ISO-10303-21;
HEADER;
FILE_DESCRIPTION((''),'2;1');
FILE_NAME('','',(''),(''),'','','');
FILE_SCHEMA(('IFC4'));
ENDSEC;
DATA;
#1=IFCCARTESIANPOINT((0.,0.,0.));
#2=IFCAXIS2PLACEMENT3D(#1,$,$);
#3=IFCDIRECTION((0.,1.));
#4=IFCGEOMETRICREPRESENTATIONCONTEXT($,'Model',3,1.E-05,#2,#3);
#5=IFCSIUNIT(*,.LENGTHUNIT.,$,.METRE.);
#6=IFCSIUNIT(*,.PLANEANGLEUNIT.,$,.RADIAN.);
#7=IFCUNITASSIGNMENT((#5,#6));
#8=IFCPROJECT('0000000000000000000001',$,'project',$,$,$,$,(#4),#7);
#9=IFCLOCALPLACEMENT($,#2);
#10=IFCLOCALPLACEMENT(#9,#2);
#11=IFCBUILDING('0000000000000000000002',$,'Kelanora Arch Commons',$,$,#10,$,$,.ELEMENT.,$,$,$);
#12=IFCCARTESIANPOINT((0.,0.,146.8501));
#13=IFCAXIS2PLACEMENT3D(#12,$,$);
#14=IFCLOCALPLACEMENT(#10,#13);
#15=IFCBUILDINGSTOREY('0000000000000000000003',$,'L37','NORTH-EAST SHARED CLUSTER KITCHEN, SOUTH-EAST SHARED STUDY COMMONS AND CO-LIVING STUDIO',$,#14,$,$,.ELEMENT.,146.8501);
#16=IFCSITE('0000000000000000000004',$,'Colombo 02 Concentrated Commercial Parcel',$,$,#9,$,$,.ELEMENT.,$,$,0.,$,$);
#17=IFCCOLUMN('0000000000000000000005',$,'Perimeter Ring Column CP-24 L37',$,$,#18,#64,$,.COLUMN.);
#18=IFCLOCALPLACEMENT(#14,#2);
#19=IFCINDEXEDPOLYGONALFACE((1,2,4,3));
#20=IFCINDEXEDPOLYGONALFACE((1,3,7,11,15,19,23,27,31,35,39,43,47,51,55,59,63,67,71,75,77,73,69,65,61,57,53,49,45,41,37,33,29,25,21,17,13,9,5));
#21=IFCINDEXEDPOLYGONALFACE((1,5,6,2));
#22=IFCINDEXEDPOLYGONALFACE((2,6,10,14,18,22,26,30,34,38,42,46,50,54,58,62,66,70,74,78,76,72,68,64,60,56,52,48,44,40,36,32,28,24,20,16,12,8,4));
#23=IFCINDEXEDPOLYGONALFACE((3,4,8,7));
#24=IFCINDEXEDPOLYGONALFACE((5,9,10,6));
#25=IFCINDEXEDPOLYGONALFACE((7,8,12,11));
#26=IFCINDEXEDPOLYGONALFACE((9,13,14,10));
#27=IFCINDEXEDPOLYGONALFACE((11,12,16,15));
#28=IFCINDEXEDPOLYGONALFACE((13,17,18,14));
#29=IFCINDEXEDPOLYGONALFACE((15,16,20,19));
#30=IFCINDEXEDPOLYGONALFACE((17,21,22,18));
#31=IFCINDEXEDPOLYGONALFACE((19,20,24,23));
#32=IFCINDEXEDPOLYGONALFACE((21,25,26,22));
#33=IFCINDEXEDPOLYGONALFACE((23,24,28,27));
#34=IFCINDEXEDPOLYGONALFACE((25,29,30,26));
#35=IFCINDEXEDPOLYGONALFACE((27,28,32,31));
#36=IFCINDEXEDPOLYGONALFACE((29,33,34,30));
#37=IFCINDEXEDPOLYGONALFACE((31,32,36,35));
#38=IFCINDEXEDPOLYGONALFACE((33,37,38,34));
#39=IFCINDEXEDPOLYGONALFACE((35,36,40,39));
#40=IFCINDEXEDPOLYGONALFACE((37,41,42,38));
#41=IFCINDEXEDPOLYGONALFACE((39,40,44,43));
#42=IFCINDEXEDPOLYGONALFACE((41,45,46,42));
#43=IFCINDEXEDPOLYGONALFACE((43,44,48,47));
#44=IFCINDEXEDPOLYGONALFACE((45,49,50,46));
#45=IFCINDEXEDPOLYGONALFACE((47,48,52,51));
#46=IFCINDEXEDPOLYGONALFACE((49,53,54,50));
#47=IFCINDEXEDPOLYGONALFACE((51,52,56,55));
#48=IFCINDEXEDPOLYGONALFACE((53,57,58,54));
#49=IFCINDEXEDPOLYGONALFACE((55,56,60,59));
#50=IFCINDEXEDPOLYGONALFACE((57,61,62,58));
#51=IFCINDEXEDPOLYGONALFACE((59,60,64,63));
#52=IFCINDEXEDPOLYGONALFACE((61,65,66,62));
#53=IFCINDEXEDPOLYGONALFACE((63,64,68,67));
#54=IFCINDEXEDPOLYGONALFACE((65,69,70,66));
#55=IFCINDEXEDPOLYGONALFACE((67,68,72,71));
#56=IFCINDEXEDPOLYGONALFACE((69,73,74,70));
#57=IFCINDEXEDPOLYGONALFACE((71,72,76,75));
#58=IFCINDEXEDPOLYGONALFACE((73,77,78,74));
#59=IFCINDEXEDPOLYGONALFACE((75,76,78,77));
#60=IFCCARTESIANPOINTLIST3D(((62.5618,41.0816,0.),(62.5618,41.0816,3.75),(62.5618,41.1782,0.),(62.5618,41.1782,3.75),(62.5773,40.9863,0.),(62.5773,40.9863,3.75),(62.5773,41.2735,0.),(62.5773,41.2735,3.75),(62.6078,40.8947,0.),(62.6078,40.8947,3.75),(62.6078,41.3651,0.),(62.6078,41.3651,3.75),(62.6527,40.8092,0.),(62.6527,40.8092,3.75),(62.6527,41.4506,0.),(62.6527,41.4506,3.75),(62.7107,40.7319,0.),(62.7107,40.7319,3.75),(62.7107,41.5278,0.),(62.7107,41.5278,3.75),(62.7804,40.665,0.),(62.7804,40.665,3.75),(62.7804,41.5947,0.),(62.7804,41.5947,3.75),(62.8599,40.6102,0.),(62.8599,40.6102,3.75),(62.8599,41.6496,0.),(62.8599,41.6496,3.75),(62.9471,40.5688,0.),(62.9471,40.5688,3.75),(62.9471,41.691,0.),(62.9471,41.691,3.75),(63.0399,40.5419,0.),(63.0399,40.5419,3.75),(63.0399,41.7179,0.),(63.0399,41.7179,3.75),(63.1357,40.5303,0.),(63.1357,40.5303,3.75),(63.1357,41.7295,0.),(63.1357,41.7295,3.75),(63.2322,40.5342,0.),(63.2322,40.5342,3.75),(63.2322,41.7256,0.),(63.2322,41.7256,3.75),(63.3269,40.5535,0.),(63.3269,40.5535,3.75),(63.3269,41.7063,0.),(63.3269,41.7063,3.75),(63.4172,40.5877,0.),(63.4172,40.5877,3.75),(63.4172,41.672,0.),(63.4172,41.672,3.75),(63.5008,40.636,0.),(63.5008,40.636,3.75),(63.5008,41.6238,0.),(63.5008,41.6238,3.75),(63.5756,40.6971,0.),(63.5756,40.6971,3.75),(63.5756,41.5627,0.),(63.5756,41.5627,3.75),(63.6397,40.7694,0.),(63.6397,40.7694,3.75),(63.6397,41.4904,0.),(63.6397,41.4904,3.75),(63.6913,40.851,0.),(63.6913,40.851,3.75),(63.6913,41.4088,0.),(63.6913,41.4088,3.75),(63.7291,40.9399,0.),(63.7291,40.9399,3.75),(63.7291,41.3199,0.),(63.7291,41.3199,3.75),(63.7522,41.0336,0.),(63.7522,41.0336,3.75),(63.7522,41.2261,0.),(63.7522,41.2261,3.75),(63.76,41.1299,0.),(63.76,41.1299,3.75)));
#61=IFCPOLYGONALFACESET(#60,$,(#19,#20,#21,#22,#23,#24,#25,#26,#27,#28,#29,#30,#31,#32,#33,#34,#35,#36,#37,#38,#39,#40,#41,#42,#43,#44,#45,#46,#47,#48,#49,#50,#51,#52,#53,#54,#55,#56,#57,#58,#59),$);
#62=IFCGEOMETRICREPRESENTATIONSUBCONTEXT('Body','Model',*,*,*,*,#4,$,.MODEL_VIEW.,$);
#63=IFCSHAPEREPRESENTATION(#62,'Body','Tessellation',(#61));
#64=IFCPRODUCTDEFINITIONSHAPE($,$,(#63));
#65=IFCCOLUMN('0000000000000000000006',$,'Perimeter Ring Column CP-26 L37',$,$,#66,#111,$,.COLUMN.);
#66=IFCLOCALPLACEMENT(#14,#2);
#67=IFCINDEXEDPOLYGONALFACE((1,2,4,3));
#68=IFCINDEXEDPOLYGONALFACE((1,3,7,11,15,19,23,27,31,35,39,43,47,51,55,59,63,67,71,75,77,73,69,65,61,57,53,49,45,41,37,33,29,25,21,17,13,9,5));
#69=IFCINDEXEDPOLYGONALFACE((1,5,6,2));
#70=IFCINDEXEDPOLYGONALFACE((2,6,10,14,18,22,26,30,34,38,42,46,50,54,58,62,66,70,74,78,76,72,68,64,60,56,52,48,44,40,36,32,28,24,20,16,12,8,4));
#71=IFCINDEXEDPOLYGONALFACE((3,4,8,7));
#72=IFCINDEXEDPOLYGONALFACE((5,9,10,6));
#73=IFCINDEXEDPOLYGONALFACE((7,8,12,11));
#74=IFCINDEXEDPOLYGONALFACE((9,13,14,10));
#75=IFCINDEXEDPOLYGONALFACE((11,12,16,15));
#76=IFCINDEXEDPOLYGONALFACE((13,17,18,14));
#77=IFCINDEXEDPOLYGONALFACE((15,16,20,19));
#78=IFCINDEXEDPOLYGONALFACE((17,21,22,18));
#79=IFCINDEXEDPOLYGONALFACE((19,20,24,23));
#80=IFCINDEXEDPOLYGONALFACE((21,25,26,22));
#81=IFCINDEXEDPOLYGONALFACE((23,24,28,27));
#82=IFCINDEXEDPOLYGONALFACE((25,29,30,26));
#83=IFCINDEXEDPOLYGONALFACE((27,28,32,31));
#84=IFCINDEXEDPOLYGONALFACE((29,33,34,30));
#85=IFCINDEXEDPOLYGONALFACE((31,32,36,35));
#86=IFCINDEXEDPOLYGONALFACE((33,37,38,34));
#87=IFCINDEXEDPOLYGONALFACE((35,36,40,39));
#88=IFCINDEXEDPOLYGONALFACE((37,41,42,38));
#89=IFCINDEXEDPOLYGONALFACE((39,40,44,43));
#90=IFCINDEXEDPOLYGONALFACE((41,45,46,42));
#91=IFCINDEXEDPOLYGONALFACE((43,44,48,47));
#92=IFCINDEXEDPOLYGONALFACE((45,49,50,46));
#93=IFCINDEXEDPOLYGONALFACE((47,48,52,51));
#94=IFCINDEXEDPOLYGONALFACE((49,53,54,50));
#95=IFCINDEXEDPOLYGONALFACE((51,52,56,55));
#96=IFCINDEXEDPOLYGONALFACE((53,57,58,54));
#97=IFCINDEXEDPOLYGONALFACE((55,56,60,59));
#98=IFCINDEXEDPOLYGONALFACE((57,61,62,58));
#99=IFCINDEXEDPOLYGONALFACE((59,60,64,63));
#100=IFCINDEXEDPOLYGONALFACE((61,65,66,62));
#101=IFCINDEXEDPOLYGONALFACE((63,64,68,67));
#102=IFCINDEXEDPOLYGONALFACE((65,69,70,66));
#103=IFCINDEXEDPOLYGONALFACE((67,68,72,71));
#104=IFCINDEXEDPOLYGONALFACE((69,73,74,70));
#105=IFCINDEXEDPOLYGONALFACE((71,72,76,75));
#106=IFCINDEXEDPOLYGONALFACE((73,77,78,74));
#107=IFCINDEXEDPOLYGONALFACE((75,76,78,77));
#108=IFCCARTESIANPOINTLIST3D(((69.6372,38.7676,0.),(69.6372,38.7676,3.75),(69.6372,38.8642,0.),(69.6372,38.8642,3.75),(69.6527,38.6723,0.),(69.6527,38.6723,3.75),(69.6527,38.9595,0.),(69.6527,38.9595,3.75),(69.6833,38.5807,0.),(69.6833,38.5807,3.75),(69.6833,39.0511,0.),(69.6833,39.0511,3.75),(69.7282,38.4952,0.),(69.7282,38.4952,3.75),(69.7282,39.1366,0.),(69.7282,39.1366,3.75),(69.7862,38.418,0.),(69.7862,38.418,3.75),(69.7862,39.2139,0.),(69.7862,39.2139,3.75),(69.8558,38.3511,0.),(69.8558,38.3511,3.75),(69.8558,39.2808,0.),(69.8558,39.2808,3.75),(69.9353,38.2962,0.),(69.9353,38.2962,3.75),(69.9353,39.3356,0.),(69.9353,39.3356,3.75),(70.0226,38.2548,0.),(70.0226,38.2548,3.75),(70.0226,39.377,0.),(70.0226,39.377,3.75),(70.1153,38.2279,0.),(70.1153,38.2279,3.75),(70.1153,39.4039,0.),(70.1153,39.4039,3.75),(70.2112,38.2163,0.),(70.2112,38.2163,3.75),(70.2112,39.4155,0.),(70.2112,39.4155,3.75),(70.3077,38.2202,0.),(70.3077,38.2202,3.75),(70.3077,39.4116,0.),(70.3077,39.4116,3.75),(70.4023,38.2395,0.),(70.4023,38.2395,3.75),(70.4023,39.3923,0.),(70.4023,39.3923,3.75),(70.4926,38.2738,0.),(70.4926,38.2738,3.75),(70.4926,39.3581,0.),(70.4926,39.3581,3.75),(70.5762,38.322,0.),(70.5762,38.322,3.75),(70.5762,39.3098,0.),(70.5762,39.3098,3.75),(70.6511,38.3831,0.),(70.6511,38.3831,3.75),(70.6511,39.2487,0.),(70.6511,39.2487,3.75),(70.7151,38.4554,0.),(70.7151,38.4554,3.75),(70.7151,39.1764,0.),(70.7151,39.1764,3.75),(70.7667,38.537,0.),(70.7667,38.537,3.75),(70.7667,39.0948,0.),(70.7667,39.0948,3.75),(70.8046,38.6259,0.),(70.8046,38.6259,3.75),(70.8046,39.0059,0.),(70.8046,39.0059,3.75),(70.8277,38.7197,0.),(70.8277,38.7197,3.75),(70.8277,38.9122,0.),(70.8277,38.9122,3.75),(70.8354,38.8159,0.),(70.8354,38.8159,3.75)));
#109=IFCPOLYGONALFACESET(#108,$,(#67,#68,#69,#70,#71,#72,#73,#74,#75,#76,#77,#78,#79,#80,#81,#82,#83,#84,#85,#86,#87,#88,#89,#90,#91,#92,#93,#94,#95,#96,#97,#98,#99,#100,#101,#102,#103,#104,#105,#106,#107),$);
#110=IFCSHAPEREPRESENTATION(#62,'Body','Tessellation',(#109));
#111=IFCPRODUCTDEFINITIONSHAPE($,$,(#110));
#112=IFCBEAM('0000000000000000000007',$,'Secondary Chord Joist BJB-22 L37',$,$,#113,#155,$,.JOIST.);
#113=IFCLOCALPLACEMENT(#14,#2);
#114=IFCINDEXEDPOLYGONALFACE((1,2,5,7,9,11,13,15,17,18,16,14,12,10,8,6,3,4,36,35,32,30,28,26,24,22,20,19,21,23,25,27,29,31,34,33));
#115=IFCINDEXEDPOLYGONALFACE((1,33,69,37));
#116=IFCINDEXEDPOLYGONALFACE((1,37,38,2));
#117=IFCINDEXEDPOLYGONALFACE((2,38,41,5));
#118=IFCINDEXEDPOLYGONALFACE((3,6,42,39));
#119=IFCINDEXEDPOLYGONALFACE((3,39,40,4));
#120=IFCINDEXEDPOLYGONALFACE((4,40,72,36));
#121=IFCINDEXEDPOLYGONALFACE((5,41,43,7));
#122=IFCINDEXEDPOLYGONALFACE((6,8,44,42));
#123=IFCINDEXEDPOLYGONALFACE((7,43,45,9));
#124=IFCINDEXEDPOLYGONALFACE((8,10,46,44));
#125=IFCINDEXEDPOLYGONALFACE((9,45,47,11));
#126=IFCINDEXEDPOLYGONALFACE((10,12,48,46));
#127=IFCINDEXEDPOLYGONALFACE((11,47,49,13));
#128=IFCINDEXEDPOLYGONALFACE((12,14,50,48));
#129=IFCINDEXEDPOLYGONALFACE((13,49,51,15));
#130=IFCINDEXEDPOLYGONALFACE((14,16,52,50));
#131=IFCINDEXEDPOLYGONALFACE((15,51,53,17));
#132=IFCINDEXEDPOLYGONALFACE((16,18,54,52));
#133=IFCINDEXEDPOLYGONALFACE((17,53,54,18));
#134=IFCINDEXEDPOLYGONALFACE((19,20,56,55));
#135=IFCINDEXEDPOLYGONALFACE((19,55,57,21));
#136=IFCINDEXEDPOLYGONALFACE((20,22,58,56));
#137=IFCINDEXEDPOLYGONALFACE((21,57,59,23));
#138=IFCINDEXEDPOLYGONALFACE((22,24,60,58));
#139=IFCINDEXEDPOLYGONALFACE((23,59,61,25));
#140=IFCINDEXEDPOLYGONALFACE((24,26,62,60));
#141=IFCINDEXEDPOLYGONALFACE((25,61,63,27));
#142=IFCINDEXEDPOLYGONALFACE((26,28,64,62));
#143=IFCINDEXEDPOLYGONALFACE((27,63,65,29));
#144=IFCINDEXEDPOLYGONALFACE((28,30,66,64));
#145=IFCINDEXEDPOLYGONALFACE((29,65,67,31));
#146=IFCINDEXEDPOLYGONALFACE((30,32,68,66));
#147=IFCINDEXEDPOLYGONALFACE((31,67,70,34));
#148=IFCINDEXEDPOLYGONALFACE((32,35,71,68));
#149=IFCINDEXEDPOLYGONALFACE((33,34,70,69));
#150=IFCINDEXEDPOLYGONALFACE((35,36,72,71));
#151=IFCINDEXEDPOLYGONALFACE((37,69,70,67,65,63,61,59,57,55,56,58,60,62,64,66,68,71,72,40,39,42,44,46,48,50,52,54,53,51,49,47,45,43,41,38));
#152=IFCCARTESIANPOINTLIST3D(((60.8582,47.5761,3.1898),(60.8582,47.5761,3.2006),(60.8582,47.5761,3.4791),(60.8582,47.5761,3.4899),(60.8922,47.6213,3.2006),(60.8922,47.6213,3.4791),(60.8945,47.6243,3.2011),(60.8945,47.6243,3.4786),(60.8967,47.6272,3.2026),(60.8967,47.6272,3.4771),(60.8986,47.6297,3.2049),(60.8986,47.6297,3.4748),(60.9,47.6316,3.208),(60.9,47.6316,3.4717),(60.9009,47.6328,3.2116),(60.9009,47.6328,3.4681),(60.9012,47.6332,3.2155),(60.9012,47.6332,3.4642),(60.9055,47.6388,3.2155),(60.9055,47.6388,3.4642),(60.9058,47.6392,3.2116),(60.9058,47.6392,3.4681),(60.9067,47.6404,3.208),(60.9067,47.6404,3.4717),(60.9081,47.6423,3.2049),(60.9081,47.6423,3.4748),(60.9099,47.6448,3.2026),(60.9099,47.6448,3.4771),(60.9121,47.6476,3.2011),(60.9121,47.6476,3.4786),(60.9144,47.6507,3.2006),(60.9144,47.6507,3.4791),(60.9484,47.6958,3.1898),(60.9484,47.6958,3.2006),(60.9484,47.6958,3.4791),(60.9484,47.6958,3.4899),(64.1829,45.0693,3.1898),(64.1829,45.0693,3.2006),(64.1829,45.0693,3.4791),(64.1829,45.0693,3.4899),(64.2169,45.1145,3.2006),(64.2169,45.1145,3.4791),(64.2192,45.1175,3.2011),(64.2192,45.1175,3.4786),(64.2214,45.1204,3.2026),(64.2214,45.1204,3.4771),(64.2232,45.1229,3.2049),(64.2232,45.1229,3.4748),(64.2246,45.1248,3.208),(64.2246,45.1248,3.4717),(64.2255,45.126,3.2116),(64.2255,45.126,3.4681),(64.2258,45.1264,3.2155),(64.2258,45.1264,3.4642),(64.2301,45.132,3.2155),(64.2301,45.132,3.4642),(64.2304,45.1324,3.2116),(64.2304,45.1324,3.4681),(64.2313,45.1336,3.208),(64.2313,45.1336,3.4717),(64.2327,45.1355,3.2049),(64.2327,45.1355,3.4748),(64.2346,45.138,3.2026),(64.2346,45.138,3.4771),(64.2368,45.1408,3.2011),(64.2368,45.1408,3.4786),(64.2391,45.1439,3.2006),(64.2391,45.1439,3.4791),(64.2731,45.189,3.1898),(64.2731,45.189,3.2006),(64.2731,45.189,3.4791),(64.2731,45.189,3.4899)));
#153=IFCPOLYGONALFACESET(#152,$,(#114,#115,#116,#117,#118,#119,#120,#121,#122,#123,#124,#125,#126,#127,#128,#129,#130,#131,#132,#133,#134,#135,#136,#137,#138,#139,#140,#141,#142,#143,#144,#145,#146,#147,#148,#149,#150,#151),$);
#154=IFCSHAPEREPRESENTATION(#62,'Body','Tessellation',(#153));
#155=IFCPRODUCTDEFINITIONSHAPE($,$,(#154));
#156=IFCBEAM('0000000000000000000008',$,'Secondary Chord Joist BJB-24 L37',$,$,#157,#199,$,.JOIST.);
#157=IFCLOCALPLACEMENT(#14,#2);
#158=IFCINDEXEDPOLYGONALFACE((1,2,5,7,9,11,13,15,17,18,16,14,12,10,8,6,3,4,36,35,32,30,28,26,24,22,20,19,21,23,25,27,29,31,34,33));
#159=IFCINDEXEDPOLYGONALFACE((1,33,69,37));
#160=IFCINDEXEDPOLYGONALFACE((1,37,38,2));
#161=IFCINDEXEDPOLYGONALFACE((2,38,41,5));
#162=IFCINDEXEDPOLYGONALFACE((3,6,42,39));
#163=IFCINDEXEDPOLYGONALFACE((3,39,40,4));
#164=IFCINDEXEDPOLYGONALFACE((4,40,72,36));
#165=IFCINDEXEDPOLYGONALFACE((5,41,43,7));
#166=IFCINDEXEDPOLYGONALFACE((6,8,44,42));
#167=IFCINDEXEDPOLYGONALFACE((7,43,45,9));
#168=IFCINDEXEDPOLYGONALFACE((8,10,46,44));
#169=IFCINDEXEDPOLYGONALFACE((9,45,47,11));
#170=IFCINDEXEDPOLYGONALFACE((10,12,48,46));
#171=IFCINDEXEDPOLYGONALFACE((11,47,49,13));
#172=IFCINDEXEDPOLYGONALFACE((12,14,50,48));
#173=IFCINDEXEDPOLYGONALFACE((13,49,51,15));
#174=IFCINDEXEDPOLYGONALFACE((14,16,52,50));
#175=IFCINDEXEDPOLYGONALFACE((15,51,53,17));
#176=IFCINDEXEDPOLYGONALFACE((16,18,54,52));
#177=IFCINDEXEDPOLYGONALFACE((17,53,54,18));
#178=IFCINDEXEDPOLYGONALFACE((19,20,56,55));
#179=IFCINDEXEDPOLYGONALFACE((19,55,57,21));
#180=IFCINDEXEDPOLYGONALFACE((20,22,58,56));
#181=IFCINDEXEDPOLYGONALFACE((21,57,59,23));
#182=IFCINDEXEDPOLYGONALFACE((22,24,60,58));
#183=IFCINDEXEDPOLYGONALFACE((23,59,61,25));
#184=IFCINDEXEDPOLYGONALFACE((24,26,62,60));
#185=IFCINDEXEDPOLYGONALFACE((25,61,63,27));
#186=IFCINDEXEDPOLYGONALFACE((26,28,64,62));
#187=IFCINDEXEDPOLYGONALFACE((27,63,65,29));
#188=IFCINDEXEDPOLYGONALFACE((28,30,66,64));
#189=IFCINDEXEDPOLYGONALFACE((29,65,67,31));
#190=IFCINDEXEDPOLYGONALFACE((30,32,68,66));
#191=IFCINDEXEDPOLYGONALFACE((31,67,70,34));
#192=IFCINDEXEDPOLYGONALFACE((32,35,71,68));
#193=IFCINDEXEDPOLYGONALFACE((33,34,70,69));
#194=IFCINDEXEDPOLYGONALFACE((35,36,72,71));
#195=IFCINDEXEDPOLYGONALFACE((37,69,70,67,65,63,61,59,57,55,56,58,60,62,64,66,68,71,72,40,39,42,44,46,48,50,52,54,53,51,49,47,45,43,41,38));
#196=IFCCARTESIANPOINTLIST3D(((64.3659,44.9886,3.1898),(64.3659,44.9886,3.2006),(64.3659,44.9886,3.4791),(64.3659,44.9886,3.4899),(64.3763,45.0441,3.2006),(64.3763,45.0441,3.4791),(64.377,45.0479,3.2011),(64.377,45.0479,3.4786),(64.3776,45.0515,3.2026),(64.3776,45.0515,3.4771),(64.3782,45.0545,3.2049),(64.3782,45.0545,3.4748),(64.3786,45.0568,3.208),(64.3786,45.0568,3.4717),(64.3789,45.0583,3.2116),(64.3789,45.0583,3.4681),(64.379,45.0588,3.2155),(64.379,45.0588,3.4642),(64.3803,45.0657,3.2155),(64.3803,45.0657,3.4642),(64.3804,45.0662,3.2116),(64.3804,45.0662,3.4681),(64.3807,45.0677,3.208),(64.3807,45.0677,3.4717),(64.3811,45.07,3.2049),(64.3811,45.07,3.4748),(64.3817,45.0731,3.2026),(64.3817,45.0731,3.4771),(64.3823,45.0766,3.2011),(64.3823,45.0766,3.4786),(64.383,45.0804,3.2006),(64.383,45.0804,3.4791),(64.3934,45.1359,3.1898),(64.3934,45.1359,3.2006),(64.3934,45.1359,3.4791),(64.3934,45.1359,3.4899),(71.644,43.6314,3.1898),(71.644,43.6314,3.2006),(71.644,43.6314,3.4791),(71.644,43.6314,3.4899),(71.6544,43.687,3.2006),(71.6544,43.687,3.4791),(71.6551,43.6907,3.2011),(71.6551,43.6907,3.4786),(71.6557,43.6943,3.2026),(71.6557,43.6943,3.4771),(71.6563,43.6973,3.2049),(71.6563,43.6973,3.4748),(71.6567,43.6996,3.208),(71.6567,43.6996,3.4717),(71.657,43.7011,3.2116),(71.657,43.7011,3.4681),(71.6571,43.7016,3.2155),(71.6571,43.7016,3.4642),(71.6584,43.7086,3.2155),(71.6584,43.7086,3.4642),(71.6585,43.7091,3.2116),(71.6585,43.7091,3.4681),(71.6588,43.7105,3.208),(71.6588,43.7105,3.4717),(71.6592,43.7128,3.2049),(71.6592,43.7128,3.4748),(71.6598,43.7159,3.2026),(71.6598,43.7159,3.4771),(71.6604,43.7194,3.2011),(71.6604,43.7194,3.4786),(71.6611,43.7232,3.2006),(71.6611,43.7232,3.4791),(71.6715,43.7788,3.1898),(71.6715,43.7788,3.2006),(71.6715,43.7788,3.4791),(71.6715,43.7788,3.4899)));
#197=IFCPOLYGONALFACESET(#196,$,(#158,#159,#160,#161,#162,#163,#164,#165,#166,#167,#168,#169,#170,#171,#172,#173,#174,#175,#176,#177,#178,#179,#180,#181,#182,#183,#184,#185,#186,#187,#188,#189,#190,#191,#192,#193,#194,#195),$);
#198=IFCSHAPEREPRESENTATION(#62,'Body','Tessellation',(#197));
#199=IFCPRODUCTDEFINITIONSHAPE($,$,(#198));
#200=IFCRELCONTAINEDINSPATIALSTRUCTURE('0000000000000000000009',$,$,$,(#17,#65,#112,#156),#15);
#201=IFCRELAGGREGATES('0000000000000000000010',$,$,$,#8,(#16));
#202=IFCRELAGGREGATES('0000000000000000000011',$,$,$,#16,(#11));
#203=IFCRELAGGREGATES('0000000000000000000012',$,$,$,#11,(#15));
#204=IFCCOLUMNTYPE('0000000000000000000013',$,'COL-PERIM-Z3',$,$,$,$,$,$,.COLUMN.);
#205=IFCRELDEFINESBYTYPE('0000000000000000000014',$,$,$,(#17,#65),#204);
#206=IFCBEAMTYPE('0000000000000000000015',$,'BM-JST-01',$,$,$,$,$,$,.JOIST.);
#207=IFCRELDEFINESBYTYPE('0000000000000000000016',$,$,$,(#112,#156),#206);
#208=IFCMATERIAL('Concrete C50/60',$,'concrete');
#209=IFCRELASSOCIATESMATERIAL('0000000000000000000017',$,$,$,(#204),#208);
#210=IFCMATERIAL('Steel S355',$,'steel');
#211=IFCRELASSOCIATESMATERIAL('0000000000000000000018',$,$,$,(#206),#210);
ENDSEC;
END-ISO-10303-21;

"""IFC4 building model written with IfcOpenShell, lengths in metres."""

from ifc_helpers import new_model, si_unit, direction, frame, origin, origin_2d, place, context, subcontext, project, spatial, circle, i_section, extrude, material, material_profile, profile_set, type_object, element, save


model = new_model("IFC4")

# Units and contexts
model_context = context("Model", 3, precision=1e-05, world=origin(), true_north=direction((0.0, 1.0)))
body_context = subcontext(model_context, "Body", "Model", "MODEL_VIEW")
ifc_project = project(units=[si_unit("LENGTHUNIT", "METRE"), si_unit("PLANEANGLEUNIT", "RADIAN")], contexts=[model_context])

# Site, building, storey
site_placement = place(None, origin())
site = spatial("IfcSite", under=ifc_project, at=site_placement, Name="Colombo 02 Concentrated Commercial Parcel", CompositionType="ELEMENT", RefElevation=0.0)
building_placement = place(site_placement, origin())
building = spatial("IfcBuilding", under=site, at=building_placement, Name="Kelanora Arch Commons", CompositionType="ELEMENT")
storey_placement = place(building_placement, frame((0.0, 0.0, 146.8501)))
storey = spatial("IfcBuildingStorey", under=building, at=storey_placement, Name="L37", Description="NORTH-EAST SHARED CLUSTER KITCHEN, SOUTH-EAST SHARED STUDY COMMONS AND CO-LIVING STUDIO", CompositionType="ELEMENT", Elevation=146.8501)

# Columns
ifc_material_1 = material(Name="Concrete C50/60", Category="concrete")
ifc_material_profile_1 = material_profile(ifc_material_1, circle(Radius=0.6001, at=origin_2d()), Name="RCC1200")
ifc_profile_set_1 = profile_set([ifc_material_profile_1], Name="Concrete C50/60")
column_type = type_object("IfcColumnType", Name="COL-PERIM-Z3", PredefinedType="COLUMN", material=ifc_profile_set_1)
for number, where, z_axis, x_axis, name in (
    (1, (63.1599, 41.1299, 0.0), (0.0, 0.0, 1.0), (1.0, 0.0, 0.0), "Perimeter Ring Column CP-24 L37"),
    (2, (70.2354, 38.8159, 0.0), (0.0, 0.0, 1.0), (1.0, 0.0, 0.0), "Perimeter Ring Column CP-26 L37"),
):
    element("IfcColumn", number, at=place(storey_placement, frame(where, z_axis=z_axis, x_axis=x_axis)), inside=storey, type_object=column_type, Name=name, PredefinedType="COLUMN", context=body_context, shape_type="SweptSolid", body=[
        extrude(circle(Radius=0.6001, at=origin_2d()), origin(), (0.0, 0.0, 1.0), 3.75),
    ])

# Beams
ifc_material_2 = material(Name="Steel S355", Category="steel")
ifc_material_profile_2 = material_profile(ifc_material_2, i_section(OverallWidth=0.1499, OverallDepth=0.3, WebThickness=0.0071, FlangeThickness=0.0107, FilletRadius=0.0149, at=origin_2d()), Name="IPE300")
ifc_profile_set_2 = profile_set([ifc_material_profile_2], Name="Steel S355")
beam_type_1 = type_object("IfcBeamType", Name="BM-JST-01", PredefinedType="JOIST", material=ifc_profile_set_2)
beam_1_placement = place(storey_placement, frame((60.9033, 47.636, 3.3398), z_axis=(0.798464, -0.602043, 0.0), x_axis=(0.602043, 0.798464, 0.0)))
element("IfcBeam", 3, at=beam_1_placement, inside=storey, type_object=beam_type_1, Name="Secondary Chord Joist BJB-22 L37", PredefinedType="JOIST", context=body_context, shape_type="SweptSolid", body=[
    extrude(i_section(OverallWidth=0.1499, OverallDepth=0.3, WebThickness=0.0071, FlangeThickness=0.0107, FilletRadius=0.0149, at=origin_2d()), origin(), (0.0, 0.0, 1.0), 4.1638),
])
beam_2_placement = place(storey_placement, frame((64.3796, 45.0623, 3.3398), z_axis=(0.983054, -0.183315, 0.0), x_axis=(0.183315, 0.983054, 0.0)))
element("IfcBeam", 4, at=beam_2_placement, inside=storey, type_object=beam_type_1, Name="Secondary Chord Joist BJB-24 L37", PredefinedType="JOIST", context=body_context, shape_type="SweptSolid", body=[
    extrude(i_section(OverallWidth=0.1499, OverallDepth=0.3, WebThickness=0.0071, FlangeThickness=0.0107, FilletRadius=0.0149, at=origin_2d()), origin(), (0.0, 0.0, 1.0), 7.4036),
])

save(model, "model.ifc")
